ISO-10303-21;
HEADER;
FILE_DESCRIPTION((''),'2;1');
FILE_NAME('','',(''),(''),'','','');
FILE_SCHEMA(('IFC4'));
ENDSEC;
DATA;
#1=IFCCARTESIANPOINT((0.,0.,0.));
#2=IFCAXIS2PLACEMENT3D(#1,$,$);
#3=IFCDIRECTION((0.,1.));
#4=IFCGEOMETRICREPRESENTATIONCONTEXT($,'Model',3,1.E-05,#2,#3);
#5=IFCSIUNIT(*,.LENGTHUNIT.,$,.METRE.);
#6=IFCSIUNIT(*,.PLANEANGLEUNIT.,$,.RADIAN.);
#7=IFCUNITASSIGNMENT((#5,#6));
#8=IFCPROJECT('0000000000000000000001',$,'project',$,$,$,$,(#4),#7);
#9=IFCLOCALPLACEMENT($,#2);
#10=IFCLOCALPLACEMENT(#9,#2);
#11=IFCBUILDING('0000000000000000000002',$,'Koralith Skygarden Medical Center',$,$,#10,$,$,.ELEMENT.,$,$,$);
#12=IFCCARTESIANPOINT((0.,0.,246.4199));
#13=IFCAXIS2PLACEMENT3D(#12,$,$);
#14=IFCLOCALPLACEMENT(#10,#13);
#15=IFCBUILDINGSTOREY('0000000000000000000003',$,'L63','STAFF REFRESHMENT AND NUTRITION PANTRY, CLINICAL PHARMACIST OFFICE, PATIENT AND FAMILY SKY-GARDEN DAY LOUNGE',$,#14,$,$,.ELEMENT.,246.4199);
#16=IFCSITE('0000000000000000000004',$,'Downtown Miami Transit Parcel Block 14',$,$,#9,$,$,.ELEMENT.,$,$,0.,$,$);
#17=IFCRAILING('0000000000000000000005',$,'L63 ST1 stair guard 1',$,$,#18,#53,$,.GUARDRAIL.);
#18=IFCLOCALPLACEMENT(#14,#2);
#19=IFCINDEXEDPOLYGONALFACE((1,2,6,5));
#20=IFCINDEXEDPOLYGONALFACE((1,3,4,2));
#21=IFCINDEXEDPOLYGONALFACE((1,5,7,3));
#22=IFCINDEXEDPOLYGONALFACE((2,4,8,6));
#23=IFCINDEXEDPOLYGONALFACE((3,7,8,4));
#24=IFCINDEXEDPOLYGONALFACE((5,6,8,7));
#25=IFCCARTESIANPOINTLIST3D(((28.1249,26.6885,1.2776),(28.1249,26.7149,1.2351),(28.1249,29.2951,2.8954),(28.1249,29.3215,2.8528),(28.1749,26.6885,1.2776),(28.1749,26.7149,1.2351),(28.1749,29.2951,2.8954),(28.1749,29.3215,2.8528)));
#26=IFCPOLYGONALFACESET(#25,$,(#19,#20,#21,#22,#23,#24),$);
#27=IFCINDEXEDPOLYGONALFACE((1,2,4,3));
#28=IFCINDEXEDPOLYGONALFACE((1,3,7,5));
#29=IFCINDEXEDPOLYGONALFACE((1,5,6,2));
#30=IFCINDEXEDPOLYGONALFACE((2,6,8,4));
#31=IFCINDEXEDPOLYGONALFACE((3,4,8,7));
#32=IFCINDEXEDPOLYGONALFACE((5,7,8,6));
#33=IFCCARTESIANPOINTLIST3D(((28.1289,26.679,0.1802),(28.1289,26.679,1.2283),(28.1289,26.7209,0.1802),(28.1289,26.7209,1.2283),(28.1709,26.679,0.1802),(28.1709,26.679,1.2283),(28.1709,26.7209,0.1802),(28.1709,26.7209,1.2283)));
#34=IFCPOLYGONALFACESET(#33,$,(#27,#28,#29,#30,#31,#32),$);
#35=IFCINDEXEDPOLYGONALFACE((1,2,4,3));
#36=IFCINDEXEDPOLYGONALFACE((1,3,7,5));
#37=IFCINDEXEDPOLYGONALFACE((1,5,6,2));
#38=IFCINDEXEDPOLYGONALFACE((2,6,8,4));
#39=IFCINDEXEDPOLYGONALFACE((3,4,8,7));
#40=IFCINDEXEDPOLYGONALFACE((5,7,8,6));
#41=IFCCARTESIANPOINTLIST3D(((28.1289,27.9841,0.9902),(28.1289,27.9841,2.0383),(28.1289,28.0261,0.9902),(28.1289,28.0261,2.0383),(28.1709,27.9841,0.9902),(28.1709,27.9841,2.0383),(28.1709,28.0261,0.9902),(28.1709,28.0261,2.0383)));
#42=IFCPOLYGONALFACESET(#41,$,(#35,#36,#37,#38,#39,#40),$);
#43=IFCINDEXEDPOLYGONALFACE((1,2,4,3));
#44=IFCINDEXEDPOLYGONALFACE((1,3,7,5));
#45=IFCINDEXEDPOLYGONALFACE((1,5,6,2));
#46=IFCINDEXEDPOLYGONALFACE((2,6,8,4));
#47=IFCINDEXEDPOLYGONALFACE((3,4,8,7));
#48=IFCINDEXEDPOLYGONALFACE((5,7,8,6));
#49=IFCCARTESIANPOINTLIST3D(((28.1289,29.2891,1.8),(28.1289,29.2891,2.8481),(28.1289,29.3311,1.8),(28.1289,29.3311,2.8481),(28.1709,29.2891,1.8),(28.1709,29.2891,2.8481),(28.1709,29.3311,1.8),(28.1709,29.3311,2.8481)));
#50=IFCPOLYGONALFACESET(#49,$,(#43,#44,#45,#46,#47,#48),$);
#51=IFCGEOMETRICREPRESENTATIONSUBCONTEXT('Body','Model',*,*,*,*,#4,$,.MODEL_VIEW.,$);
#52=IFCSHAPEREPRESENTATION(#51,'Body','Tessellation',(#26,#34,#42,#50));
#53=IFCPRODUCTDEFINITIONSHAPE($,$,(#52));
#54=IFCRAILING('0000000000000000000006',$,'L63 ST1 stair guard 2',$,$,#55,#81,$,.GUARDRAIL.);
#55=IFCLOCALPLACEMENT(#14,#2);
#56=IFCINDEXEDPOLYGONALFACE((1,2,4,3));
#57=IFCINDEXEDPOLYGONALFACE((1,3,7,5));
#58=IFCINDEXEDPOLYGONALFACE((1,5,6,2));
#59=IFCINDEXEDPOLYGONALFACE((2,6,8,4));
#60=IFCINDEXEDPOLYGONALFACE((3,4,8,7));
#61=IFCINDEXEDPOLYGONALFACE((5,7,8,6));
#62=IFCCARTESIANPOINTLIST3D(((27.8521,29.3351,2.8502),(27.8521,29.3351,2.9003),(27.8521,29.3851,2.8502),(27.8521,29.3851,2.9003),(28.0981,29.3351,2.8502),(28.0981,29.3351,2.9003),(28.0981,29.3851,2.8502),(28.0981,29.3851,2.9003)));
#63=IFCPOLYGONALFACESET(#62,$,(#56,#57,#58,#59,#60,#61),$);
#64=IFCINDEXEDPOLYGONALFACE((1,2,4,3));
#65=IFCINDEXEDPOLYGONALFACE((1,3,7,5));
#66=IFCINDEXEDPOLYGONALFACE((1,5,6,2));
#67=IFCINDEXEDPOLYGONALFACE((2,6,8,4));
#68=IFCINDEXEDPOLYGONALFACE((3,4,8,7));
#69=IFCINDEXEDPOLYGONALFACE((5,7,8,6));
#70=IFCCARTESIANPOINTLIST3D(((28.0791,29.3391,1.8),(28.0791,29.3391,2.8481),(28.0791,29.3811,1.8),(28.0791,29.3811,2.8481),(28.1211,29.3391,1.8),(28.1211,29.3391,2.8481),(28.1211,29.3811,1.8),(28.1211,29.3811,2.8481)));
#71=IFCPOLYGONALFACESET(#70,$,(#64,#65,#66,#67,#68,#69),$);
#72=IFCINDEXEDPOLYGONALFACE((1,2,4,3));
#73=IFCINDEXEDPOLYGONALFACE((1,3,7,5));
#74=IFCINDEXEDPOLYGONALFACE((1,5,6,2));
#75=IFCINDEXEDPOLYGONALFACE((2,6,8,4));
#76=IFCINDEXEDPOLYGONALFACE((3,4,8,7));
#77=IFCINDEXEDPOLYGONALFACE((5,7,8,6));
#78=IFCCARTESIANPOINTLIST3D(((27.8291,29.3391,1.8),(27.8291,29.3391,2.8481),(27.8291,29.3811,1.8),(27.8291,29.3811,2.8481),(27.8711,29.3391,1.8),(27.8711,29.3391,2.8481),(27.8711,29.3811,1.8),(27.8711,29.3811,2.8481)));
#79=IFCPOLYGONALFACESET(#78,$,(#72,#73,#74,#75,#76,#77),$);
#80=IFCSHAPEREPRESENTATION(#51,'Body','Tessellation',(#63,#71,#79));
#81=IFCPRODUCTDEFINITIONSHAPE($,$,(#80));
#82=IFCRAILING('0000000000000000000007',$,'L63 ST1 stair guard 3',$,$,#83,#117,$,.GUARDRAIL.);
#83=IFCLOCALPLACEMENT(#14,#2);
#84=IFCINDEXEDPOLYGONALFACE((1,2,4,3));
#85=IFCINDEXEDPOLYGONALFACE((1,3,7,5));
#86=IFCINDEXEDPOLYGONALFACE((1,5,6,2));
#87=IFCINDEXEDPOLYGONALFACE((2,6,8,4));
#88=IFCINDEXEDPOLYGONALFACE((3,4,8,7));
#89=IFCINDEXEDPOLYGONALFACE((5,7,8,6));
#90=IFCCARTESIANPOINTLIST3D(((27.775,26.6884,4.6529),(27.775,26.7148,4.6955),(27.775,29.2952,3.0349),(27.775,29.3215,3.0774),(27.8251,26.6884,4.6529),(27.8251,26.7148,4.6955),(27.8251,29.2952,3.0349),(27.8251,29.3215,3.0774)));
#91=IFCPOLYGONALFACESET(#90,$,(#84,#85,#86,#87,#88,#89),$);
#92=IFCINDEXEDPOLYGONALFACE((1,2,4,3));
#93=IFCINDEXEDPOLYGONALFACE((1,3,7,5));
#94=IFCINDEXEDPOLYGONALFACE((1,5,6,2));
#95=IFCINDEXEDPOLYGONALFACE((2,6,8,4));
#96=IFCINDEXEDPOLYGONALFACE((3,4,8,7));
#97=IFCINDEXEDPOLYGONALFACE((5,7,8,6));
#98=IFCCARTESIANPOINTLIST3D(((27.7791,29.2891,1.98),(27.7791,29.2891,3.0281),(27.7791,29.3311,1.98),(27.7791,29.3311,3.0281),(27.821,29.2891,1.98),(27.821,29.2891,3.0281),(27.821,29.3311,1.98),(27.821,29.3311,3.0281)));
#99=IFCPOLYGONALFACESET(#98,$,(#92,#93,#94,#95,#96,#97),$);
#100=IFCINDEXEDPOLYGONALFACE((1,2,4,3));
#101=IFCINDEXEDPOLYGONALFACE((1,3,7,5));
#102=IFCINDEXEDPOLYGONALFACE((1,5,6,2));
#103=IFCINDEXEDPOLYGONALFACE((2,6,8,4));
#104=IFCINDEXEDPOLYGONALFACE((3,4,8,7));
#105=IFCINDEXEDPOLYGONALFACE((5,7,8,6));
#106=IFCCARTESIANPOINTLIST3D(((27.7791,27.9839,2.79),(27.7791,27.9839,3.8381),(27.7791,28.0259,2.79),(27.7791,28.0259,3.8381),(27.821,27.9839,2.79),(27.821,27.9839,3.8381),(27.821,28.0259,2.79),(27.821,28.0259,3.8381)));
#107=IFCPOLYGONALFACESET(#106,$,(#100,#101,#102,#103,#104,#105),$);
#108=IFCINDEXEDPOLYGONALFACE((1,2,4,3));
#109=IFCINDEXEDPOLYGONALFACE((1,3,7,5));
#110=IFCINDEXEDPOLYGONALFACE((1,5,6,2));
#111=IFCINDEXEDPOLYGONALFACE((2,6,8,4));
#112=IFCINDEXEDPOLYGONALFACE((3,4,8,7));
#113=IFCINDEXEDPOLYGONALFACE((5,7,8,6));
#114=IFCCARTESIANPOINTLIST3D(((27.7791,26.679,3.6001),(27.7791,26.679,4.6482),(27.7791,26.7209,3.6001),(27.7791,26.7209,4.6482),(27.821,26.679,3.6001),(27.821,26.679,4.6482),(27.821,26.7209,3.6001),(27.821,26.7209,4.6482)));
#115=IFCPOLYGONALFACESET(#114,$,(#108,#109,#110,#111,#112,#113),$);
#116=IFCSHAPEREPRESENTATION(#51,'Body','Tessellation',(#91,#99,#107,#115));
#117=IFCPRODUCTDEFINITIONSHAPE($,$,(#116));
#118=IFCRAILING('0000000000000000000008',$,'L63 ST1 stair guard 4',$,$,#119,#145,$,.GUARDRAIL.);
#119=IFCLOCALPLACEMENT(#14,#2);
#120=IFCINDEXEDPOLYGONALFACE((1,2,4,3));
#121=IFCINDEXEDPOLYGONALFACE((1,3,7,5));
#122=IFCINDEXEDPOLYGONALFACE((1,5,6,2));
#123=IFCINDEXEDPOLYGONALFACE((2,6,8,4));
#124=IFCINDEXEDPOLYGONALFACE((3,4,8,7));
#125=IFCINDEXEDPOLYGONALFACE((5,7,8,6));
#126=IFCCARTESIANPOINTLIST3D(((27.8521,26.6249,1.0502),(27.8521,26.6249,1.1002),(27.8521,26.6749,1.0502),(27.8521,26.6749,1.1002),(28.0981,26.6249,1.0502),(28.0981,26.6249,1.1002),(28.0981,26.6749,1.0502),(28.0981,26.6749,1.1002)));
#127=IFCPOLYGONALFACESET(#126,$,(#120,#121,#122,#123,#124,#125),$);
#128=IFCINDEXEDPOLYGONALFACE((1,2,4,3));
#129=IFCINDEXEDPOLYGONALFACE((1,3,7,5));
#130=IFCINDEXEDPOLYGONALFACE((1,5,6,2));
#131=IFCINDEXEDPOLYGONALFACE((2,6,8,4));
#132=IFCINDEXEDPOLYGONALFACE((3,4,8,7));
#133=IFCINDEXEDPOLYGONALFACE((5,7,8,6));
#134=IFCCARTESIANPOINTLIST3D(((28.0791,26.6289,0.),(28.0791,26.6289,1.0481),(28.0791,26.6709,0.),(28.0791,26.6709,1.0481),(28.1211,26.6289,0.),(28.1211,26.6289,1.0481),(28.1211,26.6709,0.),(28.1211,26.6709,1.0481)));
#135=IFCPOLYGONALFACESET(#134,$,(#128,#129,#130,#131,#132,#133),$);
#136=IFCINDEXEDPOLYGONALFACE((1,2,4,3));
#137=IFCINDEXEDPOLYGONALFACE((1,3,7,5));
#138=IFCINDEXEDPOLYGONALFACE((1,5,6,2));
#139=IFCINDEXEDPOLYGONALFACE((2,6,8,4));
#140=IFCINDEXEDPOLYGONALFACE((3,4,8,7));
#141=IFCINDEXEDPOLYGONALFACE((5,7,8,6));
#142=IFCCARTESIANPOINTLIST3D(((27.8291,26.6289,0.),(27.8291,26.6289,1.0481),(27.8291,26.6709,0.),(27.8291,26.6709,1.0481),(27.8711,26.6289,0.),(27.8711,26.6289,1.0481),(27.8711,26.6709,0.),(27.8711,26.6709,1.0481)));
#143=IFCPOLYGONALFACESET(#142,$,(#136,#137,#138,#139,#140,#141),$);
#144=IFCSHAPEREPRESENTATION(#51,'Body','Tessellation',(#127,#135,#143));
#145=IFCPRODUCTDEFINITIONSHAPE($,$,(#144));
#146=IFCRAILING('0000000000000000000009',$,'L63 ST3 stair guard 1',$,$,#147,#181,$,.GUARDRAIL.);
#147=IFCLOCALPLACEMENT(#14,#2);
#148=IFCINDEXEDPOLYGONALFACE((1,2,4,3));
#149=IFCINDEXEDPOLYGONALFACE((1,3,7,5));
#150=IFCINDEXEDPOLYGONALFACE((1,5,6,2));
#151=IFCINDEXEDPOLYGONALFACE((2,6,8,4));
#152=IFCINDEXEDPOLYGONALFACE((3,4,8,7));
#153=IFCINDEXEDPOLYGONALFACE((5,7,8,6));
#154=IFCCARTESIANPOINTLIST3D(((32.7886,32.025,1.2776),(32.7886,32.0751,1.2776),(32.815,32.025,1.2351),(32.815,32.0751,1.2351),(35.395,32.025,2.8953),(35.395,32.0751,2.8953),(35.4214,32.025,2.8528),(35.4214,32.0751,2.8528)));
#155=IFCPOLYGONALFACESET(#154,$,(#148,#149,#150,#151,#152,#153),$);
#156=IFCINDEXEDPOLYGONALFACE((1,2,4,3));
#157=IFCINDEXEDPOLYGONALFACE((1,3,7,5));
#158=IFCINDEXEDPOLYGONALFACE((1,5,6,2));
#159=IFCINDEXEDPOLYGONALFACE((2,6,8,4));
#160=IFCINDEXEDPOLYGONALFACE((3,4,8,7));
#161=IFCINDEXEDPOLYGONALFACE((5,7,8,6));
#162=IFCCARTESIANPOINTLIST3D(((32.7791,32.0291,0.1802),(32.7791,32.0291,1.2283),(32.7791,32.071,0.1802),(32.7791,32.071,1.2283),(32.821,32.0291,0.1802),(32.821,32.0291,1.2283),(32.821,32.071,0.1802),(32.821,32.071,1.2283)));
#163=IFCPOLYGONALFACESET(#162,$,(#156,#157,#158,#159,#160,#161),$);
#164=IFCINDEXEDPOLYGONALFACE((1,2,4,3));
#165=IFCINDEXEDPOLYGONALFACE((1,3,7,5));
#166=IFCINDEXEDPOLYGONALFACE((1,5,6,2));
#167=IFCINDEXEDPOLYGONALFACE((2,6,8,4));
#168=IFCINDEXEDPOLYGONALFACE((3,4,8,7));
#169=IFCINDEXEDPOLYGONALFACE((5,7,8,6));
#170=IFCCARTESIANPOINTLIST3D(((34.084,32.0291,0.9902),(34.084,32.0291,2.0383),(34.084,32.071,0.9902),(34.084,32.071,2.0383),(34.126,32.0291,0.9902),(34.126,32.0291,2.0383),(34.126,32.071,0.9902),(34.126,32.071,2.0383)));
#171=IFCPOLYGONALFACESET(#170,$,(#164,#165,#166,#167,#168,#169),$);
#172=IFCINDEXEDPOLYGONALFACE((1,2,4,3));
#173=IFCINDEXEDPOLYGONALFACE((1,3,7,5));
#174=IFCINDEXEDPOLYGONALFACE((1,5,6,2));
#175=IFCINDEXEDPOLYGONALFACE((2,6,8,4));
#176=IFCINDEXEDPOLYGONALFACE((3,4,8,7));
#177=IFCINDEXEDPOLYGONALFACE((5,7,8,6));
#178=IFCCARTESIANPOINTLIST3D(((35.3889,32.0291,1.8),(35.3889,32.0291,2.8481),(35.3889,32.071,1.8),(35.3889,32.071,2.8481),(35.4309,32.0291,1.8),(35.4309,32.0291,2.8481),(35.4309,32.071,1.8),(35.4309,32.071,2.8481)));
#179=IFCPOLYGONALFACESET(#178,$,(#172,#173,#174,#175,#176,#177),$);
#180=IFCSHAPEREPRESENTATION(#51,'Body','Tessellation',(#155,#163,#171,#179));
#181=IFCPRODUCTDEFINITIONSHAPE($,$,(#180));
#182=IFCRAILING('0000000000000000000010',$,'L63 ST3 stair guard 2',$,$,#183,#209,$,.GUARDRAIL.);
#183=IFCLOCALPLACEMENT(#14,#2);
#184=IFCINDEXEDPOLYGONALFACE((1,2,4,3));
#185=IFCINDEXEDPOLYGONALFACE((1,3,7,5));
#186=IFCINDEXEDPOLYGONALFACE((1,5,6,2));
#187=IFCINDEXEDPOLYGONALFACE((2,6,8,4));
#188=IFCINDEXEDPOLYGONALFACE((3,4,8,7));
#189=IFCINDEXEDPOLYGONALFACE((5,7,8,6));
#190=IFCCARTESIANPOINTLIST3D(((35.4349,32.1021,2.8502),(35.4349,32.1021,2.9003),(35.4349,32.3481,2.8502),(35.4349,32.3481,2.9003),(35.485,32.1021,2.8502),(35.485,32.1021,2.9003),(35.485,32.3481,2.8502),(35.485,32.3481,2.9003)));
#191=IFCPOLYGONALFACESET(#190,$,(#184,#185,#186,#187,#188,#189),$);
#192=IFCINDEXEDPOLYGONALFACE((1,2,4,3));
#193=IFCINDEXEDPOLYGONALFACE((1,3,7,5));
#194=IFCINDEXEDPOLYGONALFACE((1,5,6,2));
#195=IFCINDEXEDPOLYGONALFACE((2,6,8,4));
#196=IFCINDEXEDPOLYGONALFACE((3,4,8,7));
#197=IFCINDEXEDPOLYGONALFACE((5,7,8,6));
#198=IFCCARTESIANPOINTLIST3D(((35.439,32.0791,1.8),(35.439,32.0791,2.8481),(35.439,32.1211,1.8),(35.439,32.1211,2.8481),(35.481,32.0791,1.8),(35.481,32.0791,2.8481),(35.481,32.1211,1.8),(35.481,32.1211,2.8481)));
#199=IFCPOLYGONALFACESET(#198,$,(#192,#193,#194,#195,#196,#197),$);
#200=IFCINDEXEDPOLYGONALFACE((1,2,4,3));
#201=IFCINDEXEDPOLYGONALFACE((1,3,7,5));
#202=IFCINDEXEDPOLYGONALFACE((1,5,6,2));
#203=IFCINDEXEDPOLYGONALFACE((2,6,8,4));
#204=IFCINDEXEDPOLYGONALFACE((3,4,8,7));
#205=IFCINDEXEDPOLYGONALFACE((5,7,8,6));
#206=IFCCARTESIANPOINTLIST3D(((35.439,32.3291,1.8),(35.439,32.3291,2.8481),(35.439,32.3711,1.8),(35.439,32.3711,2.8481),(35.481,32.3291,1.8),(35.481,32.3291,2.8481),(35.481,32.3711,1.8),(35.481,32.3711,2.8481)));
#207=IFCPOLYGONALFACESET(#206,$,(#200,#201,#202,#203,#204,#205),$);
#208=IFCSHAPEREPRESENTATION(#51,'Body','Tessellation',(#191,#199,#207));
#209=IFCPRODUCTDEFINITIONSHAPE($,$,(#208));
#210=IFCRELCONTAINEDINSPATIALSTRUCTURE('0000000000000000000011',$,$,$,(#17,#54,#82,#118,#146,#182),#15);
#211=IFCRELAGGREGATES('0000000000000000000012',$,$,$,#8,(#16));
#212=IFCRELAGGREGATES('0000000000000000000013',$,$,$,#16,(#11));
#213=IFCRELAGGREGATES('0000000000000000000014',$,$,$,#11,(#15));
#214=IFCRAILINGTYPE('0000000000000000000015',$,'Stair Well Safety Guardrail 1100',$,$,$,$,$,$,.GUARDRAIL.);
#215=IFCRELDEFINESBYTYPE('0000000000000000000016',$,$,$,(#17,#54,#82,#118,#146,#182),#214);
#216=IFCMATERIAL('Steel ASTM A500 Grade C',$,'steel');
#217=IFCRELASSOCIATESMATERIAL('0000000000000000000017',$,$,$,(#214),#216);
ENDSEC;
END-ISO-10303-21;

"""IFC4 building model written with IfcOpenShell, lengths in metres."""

from ifc_helpers import new_model, si_unit, direction, frame, origin, origin_2d, place, context, subcontext, project, spatial, rectangle, extrude, material, type_object, element, save


model = new_model("IFC4")

# Units and contexts
model_context = context("Model", 3, precision=1e-05, world=origin(), true_north=direction((0.0, 1.0)))
body_context = subcontext(model_context, "Body", "Model", "MODEL_VIEW")
ifc_project = project(units=[si_unit("LENGTHUNIT", "METRE"), si_unit("PLANEANGLEUNIT", "RADIAN")], contexts=[model_context])

# Site, building, storey
site_placement = place(None, origin())
site = spatial("IfcSite", under=ifc_project, at=site_placement, Name="Downtown Miami Transit Parcel Block 14", CompositionType="ELEMENT", RefElevation=0.0)
building_placement = place(site_placement, origin())
building = spatial("IfcBuilding", under=site, at=building_placement, Name="Koralith Skygarden Medical Center", CompositionType="ELEMENT")
storey_placement = place(building_placement, frame((0.0, 0.0, 246.4199)))
storey = spatial("IfcBuildingStorey", under=building, at=storey_placement, Name="L63", Description="STAFF REFRESHMENT AND NUTRITION PANTRY, CLINICAL PHARMACIST OFFICE, PATIENT AND FAMILY SKY-GARDEN DAY LOUNGE", CompositionType="ELEMENT", Elevation=246.4199)

# Railings
ifc_material_1 = material(Name="Steel ASTM A500 Grade C", Category="steel")
railing_type_1 = type_object("IfcRailingType", Name="Stair Well Safety Guardrail 1100", PredefinedType="GUARDRAIL", material=ifc_material_1)
railing_1_placement = place(storey_placement, frame((28.1499, 26.7, 0.1802)))
element("IfcRailing", 1, at=railing_1_placement, inside=storey, type_object=railing_type_1, Name="L63 ST1 stair guard 1", PredefinedType="GUARDRAIL", context=body_context, shape_type="SweptSolid", body=[
    extrude(rectangle(XDim=0.05, YDim=0.05, at=origin_2d()), frame((0.0, 0.0017, 1.0762), z_axis=(0.0, 0.849668, 0.527317), x_axis=(-1.0, 0.0, 0.0)), (0.0, 0.0, 1.0), 3.0679),
    extrude(rectangle(XDim=0.042, YDim=0.042, at=origin_2d()), origin(), (0.0, 0.0, 1.0), 1.0481),
    extrude(rectangle(XDim=0.042, YDim=0.042, at=origin_2d()), frame((0.0, 1.3052, 0.8101)), (0.0, 0.0, 1.0), 1.0481),
    extrude(rectangle(XDim=0.042, YDim=0.042, at=origin_2d()), frame((0.0, 2.6101, 1.6199)), (0.0, 0.0, 1.0), 1.0481),
])
railing_2_placement = place(storey_placement, frame((28.1001, 29.3601, 1.8)))
element("IfcRailing", 2, at=railing_2_placement, inside=storey, type_object=railing_type_1, Name="L63 ST1 stair guard 2", PredefinedType="GUARDRAIL", context=body_context, shape_type="SweptSolid", body=[
    extrude(rectangle(XDim=0.05, YDim=0.05, at=origin_2d()), frame((-0.002, 0.0, 1.0752), z_axis=(-1.0, 0.0, 0.0), x_axis=(0.0, -1.0, 0.0)), (0.0, 0.0, 1.0), 0.2461),
    extrude(rectangle(XDim=0.042, YDim=0.042, at=origin_2d()), origin(), (0.0, 0.0, 1.0), 1.0481),
    extrude(rectangle(XDim=0.042, YDim=0.042, at=origin_2d()), frame((-0.25, 0.0, 0.0)), (0.0, 0.0, 1.0), 1.0481),
])
railing_3_placement = place(storey_placement, frame((27.8, 29.3101, 1.98)))
element("IfcRailing", 3, at=railing_3_placement, inside=storey, type_object=railing_type_1, Name="L63 ST1 stair guard 3", PredefinedType="GUARDRAIL", context=body_context, shape_type="SweptSolid", body=[
    extrude(rectangle(XDim=0.05, YDim=0.05, at=origin_2d()), frame((0.0, -0.0017, 1.0762), z_axis=(0.0, -0.849633, 0.527375), x_axis=(1.0, 0.0, 0.0)), (0.0, 0.0, 1.0), 3.0681),
    extrude(rectangle(XDim=0.042, YDim=0.042, at=origin_2d()), origin(), (0.0, 0.0, 1.0), 1.0481),
    extrude(rectangle(XDim=0.042, YDim=0.042, at=origin_2d()), frame((0.0, -1.3052, 0.8101)), (0.0, 0.0, 1.0), 1.0481),
    extrude(rectangle(XDim=0.042, YDim=0.042, at=origin_2d()), frame((0.0, -2.6101, 1.6201)), (0.0, 0.0, 1.0), 1.0481),
])
railing_4_placement = place(storey_placement, frame((28.1001, 26.6499, 0.0)))
element("IfcRailing", 4, at=railing_4_placement, inside=storey, type_object=railing_type_1, Name="L63 ST1 stair guard 4", PredefinedType="GUARDRAIL", context=body_context, shape_type="SweptSolid", body=[
    extrude(rectangle(XDim=0.05, YDim=0.05, at=origin_2d()), frame((-0.002, 0.0, 1.0752), z_axis=(-1.0, 0.0, 0.0), x_axis=(0.0, -1.0, 0.0)), (0.0, 0.0, 1.0), 0.2461),
    extrude(rectangle(XDim=0.042, YDim=0.042, at=origin_2d()), origin(), (0.0, 0.0, 1.0), 1.0481),
    extrude(rectangle(XDim=0.042, YDim=0.042, at=origin_2d()), frame((-0.25, 0.0, 0.0)), (0.0, 0.0, 1.0), 1.0481),
])
railing_5_placement = place(storey_placement, frame((32.8, 32.05, 0.1802)))
element("IfcRailing", 5, at=railing_5_placement, inside=storey, type_object=railing_type_1, Name="L63 ST3 stair guard 1", PredefinedType="GUARDRAIL", context=body_context, shape_type="SweptSolid", body=[
    extrude(rectangle(XDim=0.05, YDim=0.05, at=origin_2d()), frame((0.0017, 0.0, 1.0762), z_axis=(0.849646, 0.0, 0.527353), x_axis=(0.0, 1.0, 0.0)), (0.0, 0.0, 1.0), 3.0676),
    extrude(rectangle(XDim=0.042, YDim=0.042, at=origin_2d()), origin(), (0.0, 0.0, 1.0), 1.0481),
    extrude(rectangle(XDim=0.042, YDim=0.042, at=origin_2d()), frame((1.3049, 0.0, 0.8101)), (0.0, 0.0, 1.0), 1.0481),
    extrude(rectangle(XDim=0.042, YDim=0.042, at=origin_2d()), frame((2.6099, 0.0, 1.6199)), (0.0, 0.0, 1.0), 1.0481),
])
railing_6_placement = place(storey_placement, frame((35.46, 32.1001, 1.8)))
element("IfcRailing", 6, at=railing_6_placement, inside=storey, type_object=railing_type_1, Name="L63 ST3 stair guard 2", PredefinedType="GUARDRAIL", context=body_context, shape_type="SweptSolid", body=[
    extrude(rectangle(XDim=0.05, YDim=0.05, at=origin_2d()), frame((0.0, 0.002, 1.0752), z_axis=(0.0, 1.0, 0.0), x_axis=(-1.0, 0.0, 0.0)), (0.0, 0.0, 1.0), 0.2461),
    extrude(rectangle(XDim=0.042, YDim=0.042, at=origin_2d()), origin(), (0.0, 0.0, 1.0), 1.0481),
    extrude(rectangle(XDim=0.042, YDim=0.042, at=origin_2d()), frame((0.0, 0.25, 0.0)), (0.0, 0.0, 1.0), 1.0481),
])

save(model, "model.ifc")
